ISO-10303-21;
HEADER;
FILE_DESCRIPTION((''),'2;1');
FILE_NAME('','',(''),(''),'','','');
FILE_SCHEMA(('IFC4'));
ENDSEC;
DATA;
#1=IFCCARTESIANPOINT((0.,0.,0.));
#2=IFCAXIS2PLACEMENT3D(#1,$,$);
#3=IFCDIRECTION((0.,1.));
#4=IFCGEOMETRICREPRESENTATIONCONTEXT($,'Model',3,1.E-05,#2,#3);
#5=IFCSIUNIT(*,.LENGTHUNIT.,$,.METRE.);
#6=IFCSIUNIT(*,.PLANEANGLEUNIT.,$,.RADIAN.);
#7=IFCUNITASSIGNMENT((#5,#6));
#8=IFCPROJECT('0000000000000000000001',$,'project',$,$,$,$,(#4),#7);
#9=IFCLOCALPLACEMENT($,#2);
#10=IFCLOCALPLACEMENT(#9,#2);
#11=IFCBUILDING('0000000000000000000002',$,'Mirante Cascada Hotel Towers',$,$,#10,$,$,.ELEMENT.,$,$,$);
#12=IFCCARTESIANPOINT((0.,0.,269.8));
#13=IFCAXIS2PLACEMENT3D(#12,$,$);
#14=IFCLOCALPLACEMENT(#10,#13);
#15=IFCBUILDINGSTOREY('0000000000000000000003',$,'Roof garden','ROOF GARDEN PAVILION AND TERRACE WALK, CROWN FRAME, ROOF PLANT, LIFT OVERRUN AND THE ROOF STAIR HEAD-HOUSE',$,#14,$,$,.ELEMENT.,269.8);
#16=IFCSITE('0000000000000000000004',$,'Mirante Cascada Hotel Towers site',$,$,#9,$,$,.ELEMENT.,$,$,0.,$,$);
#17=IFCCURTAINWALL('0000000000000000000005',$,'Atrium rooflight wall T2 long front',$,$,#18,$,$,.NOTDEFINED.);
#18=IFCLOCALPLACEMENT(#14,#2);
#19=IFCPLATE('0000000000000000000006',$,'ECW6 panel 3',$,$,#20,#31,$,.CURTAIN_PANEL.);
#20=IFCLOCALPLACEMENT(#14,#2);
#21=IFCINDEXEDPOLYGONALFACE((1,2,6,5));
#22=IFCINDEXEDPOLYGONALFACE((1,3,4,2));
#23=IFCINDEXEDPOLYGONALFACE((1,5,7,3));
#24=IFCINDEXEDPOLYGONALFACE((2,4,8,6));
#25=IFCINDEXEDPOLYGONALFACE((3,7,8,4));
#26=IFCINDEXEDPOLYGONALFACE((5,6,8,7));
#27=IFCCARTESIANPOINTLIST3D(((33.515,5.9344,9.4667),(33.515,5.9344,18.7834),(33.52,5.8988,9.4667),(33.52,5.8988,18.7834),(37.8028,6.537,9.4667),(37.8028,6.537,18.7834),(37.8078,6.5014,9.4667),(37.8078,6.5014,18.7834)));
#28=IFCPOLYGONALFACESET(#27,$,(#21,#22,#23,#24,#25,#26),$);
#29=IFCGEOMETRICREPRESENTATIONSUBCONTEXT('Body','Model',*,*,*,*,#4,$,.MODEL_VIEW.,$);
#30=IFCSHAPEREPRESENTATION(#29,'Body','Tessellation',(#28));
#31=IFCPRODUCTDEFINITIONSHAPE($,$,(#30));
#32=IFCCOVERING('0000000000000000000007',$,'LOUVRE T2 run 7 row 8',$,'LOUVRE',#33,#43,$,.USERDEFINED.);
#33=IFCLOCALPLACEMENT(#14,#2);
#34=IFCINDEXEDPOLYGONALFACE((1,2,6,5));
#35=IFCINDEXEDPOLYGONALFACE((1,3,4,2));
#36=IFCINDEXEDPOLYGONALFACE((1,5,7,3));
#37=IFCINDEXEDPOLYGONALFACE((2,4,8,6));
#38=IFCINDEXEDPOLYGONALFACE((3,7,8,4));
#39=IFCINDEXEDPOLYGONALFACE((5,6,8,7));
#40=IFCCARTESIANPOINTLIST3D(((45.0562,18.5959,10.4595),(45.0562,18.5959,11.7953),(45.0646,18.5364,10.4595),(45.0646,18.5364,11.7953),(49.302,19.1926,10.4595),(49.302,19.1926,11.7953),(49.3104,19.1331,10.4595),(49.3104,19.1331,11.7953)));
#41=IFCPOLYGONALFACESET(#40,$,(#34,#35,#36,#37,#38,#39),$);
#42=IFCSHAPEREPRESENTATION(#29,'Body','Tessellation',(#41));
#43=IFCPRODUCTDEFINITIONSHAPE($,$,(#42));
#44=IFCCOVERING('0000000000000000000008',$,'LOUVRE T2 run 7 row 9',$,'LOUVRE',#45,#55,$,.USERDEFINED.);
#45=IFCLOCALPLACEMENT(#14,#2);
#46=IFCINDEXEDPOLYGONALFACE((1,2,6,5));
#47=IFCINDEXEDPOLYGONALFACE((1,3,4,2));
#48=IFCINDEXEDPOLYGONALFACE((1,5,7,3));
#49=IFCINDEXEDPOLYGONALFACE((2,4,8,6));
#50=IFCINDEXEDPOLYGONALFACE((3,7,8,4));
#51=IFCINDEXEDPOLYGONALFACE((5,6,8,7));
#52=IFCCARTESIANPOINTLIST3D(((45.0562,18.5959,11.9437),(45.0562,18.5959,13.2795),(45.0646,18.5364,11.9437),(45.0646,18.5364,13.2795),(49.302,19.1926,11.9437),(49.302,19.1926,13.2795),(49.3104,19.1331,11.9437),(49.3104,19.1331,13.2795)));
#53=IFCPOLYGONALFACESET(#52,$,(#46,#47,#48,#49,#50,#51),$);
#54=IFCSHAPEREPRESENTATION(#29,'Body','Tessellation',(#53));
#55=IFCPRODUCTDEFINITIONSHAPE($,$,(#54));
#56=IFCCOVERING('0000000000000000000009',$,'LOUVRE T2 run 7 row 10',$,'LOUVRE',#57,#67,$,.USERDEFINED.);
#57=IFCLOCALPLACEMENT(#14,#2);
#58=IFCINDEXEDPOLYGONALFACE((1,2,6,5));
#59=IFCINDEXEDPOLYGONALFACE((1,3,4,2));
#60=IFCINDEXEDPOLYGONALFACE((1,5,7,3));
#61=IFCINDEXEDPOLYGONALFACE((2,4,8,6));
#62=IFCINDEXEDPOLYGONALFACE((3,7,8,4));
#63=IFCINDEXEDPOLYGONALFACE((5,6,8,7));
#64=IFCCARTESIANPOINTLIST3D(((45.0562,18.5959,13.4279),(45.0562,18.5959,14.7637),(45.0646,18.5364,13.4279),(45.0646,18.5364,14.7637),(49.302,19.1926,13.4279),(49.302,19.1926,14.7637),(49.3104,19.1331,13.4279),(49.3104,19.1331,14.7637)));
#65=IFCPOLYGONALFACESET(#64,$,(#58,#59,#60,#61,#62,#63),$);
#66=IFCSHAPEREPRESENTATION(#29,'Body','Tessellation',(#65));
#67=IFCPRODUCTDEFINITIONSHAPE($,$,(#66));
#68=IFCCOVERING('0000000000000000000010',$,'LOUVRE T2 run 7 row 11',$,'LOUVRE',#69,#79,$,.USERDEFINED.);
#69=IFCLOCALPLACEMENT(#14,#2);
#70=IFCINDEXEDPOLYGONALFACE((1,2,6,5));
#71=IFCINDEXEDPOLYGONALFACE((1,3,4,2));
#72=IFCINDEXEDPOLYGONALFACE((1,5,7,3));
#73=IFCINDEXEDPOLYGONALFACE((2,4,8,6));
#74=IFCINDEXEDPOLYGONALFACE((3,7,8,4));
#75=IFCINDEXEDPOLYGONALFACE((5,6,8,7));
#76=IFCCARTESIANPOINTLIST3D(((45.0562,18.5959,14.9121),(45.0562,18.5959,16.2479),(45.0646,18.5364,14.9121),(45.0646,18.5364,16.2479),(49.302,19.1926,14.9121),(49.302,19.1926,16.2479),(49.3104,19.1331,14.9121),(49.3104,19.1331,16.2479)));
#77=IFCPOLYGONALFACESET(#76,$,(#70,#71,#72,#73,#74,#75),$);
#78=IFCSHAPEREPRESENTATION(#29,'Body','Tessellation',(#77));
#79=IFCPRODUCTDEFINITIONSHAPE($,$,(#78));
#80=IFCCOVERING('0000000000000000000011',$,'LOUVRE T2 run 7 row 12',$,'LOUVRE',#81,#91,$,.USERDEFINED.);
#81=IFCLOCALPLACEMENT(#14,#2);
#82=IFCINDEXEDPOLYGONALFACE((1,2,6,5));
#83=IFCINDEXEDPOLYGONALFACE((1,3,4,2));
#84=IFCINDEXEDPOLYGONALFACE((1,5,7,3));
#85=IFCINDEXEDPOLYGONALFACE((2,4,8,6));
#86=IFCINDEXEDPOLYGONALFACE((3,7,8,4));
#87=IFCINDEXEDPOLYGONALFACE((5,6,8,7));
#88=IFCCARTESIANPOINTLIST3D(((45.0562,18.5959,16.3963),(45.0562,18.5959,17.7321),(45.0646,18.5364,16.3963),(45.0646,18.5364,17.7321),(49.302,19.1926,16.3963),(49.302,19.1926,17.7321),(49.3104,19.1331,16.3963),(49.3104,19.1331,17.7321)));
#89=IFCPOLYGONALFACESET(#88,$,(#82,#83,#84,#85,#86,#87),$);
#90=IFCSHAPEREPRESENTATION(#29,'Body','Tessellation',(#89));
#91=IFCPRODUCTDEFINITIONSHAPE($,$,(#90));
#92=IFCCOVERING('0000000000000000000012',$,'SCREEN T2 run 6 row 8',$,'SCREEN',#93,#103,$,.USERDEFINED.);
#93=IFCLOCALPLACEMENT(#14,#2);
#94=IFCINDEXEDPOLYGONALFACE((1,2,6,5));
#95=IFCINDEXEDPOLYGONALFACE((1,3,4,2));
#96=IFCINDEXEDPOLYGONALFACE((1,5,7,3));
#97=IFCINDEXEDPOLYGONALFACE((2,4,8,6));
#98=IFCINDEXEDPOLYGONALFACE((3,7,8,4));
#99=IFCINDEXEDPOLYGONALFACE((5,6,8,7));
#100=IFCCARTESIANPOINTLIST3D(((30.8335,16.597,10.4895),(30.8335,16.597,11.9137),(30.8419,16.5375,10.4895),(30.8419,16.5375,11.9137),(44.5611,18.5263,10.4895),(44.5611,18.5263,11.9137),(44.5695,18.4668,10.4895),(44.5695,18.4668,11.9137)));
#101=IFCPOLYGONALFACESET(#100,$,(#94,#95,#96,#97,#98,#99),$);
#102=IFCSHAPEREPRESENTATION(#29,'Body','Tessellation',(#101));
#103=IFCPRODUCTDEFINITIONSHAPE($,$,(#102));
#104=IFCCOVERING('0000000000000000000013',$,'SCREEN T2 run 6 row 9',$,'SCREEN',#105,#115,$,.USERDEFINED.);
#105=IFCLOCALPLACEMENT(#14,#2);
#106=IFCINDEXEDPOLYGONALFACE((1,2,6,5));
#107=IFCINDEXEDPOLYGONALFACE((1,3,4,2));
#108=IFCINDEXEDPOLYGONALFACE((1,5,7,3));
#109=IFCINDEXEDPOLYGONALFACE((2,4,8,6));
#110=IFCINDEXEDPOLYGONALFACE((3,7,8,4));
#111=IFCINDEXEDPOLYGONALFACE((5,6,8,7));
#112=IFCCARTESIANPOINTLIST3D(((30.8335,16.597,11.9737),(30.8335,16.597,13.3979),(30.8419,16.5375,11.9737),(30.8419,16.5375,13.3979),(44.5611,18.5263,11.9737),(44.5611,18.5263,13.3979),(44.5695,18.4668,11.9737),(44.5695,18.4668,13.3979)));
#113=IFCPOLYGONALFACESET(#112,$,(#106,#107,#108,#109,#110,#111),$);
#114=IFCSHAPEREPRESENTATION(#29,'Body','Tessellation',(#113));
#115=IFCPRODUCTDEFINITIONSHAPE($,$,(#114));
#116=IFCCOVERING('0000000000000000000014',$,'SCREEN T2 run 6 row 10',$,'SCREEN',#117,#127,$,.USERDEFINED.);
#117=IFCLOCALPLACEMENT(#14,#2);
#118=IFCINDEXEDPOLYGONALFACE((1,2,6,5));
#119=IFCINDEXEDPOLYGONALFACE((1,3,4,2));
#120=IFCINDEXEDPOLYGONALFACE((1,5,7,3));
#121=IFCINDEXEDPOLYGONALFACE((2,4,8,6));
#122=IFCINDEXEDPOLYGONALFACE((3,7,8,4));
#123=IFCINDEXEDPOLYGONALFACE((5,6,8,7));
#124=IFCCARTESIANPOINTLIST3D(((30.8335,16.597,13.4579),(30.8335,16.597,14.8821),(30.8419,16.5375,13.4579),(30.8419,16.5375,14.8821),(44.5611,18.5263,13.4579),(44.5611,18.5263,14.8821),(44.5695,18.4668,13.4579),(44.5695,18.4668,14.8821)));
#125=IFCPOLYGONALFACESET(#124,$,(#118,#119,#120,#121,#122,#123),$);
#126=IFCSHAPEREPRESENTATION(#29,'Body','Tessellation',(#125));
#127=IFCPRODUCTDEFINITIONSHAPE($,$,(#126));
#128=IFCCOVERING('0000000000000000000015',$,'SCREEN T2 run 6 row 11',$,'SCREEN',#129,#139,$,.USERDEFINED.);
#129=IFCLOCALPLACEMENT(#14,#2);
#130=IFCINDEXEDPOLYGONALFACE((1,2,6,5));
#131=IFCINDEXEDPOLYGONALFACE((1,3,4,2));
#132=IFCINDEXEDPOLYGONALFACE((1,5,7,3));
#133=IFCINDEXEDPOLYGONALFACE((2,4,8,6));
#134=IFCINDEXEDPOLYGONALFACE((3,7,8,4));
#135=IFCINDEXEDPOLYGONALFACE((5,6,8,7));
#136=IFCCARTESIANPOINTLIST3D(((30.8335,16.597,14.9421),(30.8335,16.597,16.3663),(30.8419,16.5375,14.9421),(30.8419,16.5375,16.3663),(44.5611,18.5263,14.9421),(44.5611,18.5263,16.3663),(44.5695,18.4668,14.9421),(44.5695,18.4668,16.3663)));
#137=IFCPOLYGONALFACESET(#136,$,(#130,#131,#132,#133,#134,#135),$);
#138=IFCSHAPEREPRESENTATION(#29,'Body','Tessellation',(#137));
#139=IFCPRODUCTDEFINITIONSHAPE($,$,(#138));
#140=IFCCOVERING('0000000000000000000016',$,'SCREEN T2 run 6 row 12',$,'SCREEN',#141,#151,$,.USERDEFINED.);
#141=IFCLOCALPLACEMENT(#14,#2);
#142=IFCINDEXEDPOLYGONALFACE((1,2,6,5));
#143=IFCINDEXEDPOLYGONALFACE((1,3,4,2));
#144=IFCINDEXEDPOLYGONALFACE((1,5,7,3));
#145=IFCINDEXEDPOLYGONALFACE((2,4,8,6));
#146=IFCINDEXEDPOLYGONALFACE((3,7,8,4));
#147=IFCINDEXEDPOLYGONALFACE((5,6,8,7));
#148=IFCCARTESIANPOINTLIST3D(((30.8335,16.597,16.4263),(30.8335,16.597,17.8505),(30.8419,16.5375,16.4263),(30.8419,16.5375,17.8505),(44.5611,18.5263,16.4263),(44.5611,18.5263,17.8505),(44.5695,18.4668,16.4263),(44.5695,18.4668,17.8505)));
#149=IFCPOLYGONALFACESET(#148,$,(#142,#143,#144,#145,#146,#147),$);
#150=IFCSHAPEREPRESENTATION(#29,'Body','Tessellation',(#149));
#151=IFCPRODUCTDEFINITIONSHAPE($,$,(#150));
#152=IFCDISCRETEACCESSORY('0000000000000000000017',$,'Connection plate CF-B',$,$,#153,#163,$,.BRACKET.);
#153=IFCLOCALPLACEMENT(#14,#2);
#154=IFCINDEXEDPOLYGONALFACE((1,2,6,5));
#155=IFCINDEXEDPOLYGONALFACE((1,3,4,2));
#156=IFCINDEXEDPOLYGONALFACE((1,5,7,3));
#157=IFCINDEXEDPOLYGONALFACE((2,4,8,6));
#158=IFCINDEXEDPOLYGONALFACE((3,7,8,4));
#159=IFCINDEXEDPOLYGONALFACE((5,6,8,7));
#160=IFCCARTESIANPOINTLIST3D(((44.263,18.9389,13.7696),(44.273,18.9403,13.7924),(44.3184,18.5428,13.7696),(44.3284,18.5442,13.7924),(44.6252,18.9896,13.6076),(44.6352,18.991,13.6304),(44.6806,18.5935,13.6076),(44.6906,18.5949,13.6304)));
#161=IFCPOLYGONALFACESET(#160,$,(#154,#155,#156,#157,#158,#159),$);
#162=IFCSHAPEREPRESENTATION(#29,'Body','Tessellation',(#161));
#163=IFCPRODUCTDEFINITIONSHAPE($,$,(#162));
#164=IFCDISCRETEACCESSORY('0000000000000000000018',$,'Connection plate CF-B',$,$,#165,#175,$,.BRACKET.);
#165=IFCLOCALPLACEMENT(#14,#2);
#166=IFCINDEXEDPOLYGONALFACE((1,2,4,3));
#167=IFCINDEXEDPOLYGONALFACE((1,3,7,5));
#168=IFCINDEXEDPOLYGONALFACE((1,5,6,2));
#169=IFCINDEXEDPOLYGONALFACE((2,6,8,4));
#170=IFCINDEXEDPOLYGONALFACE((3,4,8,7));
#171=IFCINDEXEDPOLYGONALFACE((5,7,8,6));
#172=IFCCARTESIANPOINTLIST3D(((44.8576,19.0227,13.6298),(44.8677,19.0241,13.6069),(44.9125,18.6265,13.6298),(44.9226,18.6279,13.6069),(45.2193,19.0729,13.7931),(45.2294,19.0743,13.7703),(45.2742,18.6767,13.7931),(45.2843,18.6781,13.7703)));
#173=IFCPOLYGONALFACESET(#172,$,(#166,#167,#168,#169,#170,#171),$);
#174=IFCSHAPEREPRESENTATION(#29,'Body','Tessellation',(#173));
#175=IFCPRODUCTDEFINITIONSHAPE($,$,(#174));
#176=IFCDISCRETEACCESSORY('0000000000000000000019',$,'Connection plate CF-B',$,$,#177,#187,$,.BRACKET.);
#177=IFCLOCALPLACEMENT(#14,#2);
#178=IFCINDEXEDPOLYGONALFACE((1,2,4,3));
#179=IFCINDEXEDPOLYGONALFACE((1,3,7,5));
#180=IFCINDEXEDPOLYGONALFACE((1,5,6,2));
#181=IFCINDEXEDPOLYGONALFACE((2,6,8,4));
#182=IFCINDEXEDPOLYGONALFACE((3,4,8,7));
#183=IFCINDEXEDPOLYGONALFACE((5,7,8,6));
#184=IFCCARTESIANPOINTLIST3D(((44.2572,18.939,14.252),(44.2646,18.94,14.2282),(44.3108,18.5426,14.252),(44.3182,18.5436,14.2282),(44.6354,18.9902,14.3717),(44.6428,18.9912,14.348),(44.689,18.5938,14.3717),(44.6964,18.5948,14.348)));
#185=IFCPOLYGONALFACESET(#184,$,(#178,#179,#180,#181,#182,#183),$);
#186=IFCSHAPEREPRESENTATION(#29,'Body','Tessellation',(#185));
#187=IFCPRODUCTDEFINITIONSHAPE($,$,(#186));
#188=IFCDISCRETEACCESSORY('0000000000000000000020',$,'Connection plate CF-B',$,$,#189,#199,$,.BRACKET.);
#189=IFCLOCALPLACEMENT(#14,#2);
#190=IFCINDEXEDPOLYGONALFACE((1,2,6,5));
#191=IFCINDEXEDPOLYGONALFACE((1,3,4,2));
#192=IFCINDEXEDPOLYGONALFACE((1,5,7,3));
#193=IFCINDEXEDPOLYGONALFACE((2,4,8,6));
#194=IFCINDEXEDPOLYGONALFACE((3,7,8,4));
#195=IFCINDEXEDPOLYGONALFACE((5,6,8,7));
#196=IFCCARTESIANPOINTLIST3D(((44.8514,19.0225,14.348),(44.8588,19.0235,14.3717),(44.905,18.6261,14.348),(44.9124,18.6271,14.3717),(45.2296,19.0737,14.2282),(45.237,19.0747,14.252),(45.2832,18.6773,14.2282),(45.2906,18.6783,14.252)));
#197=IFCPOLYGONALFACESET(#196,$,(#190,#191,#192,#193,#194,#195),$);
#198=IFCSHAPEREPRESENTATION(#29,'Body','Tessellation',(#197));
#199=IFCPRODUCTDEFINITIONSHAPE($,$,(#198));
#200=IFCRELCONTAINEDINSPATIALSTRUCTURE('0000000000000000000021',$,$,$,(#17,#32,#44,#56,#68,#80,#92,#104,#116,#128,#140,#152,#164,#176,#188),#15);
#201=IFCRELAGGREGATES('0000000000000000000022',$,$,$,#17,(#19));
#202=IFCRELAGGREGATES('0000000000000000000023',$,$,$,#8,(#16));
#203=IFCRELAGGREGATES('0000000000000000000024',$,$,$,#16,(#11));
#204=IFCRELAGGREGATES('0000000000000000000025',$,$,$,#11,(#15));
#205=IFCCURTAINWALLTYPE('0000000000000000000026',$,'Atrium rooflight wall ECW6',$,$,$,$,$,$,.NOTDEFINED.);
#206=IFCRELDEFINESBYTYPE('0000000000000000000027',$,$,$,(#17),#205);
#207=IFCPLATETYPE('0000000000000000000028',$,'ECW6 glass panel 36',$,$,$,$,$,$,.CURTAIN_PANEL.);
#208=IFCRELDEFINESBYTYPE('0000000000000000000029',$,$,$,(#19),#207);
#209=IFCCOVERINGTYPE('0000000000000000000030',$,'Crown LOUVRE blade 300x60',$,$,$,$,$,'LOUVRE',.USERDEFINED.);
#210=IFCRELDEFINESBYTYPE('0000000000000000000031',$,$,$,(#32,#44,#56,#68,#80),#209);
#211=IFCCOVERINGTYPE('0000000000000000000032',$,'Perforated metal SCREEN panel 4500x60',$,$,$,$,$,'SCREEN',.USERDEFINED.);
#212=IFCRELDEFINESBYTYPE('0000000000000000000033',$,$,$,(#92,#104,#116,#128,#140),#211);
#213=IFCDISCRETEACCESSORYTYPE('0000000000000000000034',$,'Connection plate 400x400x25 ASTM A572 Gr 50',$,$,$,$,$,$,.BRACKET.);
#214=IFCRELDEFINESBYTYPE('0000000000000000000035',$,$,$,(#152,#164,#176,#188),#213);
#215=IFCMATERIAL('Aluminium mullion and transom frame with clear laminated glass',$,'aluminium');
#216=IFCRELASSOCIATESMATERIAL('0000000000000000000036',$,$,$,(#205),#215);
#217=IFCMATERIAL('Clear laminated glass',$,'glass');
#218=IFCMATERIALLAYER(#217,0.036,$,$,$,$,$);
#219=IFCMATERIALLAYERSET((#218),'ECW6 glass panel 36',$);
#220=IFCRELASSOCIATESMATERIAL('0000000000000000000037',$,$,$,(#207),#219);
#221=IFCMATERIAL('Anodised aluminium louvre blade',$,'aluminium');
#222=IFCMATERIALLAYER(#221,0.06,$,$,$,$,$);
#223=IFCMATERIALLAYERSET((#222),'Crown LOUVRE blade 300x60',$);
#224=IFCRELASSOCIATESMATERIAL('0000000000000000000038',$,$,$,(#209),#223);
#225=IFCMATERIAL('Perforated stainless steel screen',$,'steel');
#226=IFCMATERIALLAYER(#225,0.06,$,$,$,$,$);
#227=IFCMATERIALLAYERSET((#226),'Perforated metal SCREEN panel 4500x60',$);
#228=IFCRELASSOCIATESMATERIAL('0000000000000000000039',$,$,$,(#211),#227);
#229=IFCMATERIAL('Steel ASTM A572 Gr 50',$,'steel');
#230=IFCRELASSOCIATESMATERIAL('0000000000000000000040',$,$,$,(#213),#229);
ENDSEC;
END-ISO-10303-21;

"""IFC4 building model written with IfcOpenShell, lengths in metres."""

from ifc_helpers import new_model, si_unit, direction, frame, origin, origin_2d, place, context, subcontext, project, spatial, rectangle, extrude, material, layer, layer_set, material_profile, profile_set, type_object, element, aggregate, save


model = new_model("IFC4")

# Units and contexts
model_context = context("Model", 3, precision=1e-05, world=origin(), true_north=direction((0.0, 1.0)))
body_context = subcontext(model_context, "Body", "Model", "MODEL_VIEW")
ifc_project = project(units=[si_unit("LENGTHUNIT", "METRE"), si_unit("PLANEANGLEUNIT", "RADIAN")], contexts=[model_context])

# Site, building, storey
site_placement = place(None, origin())
site = spatial("IfcSite", under=ifc_project, at=site_placement, Name="Mirante Cascada Hotel Towers site", CompositionType="ELEMENT", RefElevation=0.0)
building_placement = place(site_placement, origin())
building = spatial("IfcBuilding", under=site, at=building_placement, Name="Mirante Cascada Hotel Towers", CompositionType="ELEMENT")
storey_placement = place(building_placement, frame((0.0, 0.0, 269.8)))
storey = spatial("IfcBuildingStorey", under=building, at=storey_placement, Name="Roof garden", Description="ROOF GARDEN PAVILION AND TERRACE WALK, CROWN FRAME, ROOF PLANT, LIFT OVERRUN AND THE ROOF STAIR HEAD-HOUSE", CompositionType="ELEMENT", Elevation=269.8)

# Curtain wall
ifc_material_1 = material(Name="Aluminium mullion and transom frame with clear laminated glass", Category="aluminium")
curtain_wall_type = type_object("IfcCurtainWallType", Name="Atrium rooflight wall ECW6", PredefinedType="NOTDEFINED", material=ifc_material_1)
curtain_wall_1_placement = place(storey_placement, origin())
curtain_wall_1 = element("IfcCurtainWall", 1, at=curtain_wall_1_placement, inside=storey, type_object=curtain_wall_type, Name="Atrium rooflight wall T2 long front", PredefinedType="NOTDEFINED")

# Plate
ifc_material_2 = material(Name="Clear laminated glass", Category="glass")
ifc_layer_1 = layer(ifc_material_2, 0.036)
ifc_layer_set_1 = layer_set([ifc_layer_1], Name="ECW6 glass panel 36")
plate_type = type_object("IfcPlateType", Name="ECW6 glass panel 36", PredefinedType="CURTAIN_PANEL", material=ifc_layer_set_1)
plate_1_placement = place(storey_placement, frame((35.6614, 6.2179, 9.4667), z_axis=(0.0, 0.0, 1.0), x_axis=(-0.990268, -0.139173, 0.0)))
plate_1 = element("IfcPlate", 2, at=plate_1_placement, type_object=plate_type, Name="ECW6 panel 3", PredefinedType="CURTAIN_PANEL", context=body_context, shape_type="SweptSolid", body=[
    extrude(rectangle(XDim=4.33, YDim=0.036, at=origin_2d()), origin(), (0.0, 0.0, 1.0), 9.3167),
])
aggregate(curtain_wall_1, [plate_1])

# Coverings
ifc_material_3 = material(Name="Anodised aluminium louvre blade", Category="aluminium")
ifc_layer_2 = layer(ifc_material_3, 0.06)
ifc_layer_set_2 = layer_set([ifc_layer_2], Name="Crown LOUVRE blade 300x60")
covering_type_1 = type_object("IfcCoveringType", Name="Crown LOUVRE blade 300x60", ElementType="LOUVRE", PredefinedType="USERDEFINED", material=ifc_layer_set_2)
for number, where, z_axis, x_axis, name in (
    (3, (47.1833, 18.8645, 10.4595), (0.0, 0.0, 1.0), (0.990268, 0.139173, 0.0), "LOUVRE T2 run 7 row 8"),
    (4, (47.1833, 18.8645, 11.9437), (0.0, 0.0, 1.0), (0.990268, 0.139173, 0.0), "LOUVRE T2 run 7 row 9"),
    (5, (47.1833, 18.8645, 13.4279), (0.0, 0.0, 1.0), (0.990268, 0.139173, 0.0), "LOUVRE T2 run 7 row 10"),
    (6, (47.1833, 18.8645, 14.9121), (0.0, 0.0, 1.0), (0.990268, 0.139173, 0.0), "LOUVRE T2 run 7 row 11"),
    (7, (47.1833, 18.8645, 16.3963), (0.0, 0.0, 1.0), (0.990268, 0.139173, 0.0), "LOUVRE T2 run 7 row 12"),
):
    element("IfcCovering", number, at=place(storey_placement, frame(where, z_axis=z_axis, x_axis=x_axis)), inside=storey, type_object=covering_type_1, Name=name, ObjectType="LOUVRE", PredefinedType="USERDEFINED", context=body_context, shape_type="SweptSolid", body=[
        extrude(rectangle(XDim=4.2875, YDim=0.06, at=origin_2d()), origin(), (0.0, 0.0, 1.0), 1.3358),
    ])
ifc_material_4 = material(Name="Perforated stainless steel screen", Category="steel")
ifc_layer_3 = layer(ifc_material_4, 0.06)
ifc_layer_set_3 = layer_set([ifc_layer_3], Name="Perforated metal SCREEN panel 4500x60")
covering_type_2 = type_object("IfcCoveringType", Name="Perforated metal SCREEN panel 4500x60", ElementType="SCREEN", PredefinedType="USERDEFINED", material=ifc_layer_set_3)
for number, where, z_axis, x_axis, name in (
    (8, (37.7015, 17.5319, 10.4895), (0.0, 0.0, 1.0), (0.990268, 0.139173, 0.0), "SCREEN T2 run 6 row 8"),
    (9, (37.7015, 17.5319, 11.9737), (0.0, 0.0, 1.0), (0.990268, 0.139173, 0.0), "SCREEN T2 run 6 row 9"),
    (10, (37.7015, 17.5319, 13.4579), (0.0, 0.0, 1.0), (0.990268, 0.139173, 0.0), "SCREEN T2 run 6 row 10"),
    (11, (37.7015, 17.5319, 14.9421), (0.0, 0.0, 1.0), (0.990268, 0.139173, 0.0), "SCREEN T2 run 6 row 11"),
    (12, (37.7015, 17.5319, 16.4263), (0.0, 0.0, 1.0), (0.990268, 0.139173, 0.0), "SCREEN T2 run 6 row 12"),
):
    element("IfcCovering", number, at=place(storey_placement, frame(where, z_axis=z_axis, x_axis=x_axis)), inside=storey, type_object=covering_type_2, Name=name, ObjectType="SCREEN", PredefinedType="USERDEFINED", context=body_context, shape_type="SweptSolid", body=[
        extrude(rectangle(XDim=13.8625, YDim=0.06, at=origin_2d()), origin(), (0.0, 0.0, 1.0), 1.4242),
    ])

# Discrete accessories
ifc_material_5 = material(Name="Steel ASTM A572 Gr 50", Category="steel")
ifc_material_profile_1 = material_profile(ifc_material_5, rectangle(XDim=0.4, YDim=0.4, at=origin_2d()), Name="Connection plate 400x400x25 ASTM A572 Gr 50")
ifc_profile_set_1 = profile_set([ifc_material_profile_1], Name="Steel ASTM A572 Gr 50")
discrete_accessory_type = type_object("IfcDiscreteAccessoryType", Name="Connection plate 400x400x25 ASTM A572 Gr 50", PredefinedType="BRACKET", material=ifc_profile_set_1)
discrete_accessory_1_placement = place(storey_placement, frame((44.4718, 18.7662, 13.6886), z_axis=(0.401028, 0.056144, 0.914344), x_axis=(-0.138648, 0.990342, 0.0)))
element("IfcDiscreteAccessory", 13, at=discrete_accessory_1_placement, inside=storey, type_object=discrete_accessory_type, Name="Connection plate CF-B", PredefinedType="BRACKET", context=body_context, shape_type="SweptSolid", body=[
    extrude(rectangle(XDim=0.4, YDim=0.4, at=origin_2d()), origin(), (0.0, 0.0, 1.0), 0.0249),
])
discrete_accessory_2_placement = place(storey_placement, frame((45.076, 18.8511, 13.6886), z_axis=(-0.404385, -0.056053, 0.91287), x_axis=(0.137301, -0.990529, 0.0)))
element("IfcDiscreteAccessory", 14, at=discrete_accessory_2_placement, inside=storey, type_object=discrete_accessory_type, Name="Connection plate CF-B", PredefinedType="BRACKET", context=body_context, shape_type="SweptSolid", body=[
    extrude(rectangle(XDim=0.4, YDim=0.4, at=origin_2d()), origin(), (0.0, 0.0, 1.0), 0.025),
])
for number, where, z_axis, x_axis, name in (
    (15, (44.4805, 18.7674, 14.2881), (-0.296665, -0.04009, 0.95414), (0.133918, -0.990992, 0.0), "Connection plate CF-B"),
    (16, (45.0673, 18.8499, 14.2881), (0.296665, 0.04009, 0.95414), (-0.133918, 0.990992, 0.0), "Connection plate CF-B"),
):
    element("IfcDiscreteAccessory", number, at=place(storey_placement, frame(where, z_axis=z_axis, x_axis=x_axis)), inside=storey, type_object=discrete_accessory_type, Name=name, PredefinedType="BRACKET", context=body_context, shape_type="SweptSolid", body=[
        extrude(rectangle(XDim=0.4, YDim=0.4, at=origin_2d()), origin(), (0.0, 0.0, 1.0), 0.0249),
    ])

save(model, "model.ifc")
